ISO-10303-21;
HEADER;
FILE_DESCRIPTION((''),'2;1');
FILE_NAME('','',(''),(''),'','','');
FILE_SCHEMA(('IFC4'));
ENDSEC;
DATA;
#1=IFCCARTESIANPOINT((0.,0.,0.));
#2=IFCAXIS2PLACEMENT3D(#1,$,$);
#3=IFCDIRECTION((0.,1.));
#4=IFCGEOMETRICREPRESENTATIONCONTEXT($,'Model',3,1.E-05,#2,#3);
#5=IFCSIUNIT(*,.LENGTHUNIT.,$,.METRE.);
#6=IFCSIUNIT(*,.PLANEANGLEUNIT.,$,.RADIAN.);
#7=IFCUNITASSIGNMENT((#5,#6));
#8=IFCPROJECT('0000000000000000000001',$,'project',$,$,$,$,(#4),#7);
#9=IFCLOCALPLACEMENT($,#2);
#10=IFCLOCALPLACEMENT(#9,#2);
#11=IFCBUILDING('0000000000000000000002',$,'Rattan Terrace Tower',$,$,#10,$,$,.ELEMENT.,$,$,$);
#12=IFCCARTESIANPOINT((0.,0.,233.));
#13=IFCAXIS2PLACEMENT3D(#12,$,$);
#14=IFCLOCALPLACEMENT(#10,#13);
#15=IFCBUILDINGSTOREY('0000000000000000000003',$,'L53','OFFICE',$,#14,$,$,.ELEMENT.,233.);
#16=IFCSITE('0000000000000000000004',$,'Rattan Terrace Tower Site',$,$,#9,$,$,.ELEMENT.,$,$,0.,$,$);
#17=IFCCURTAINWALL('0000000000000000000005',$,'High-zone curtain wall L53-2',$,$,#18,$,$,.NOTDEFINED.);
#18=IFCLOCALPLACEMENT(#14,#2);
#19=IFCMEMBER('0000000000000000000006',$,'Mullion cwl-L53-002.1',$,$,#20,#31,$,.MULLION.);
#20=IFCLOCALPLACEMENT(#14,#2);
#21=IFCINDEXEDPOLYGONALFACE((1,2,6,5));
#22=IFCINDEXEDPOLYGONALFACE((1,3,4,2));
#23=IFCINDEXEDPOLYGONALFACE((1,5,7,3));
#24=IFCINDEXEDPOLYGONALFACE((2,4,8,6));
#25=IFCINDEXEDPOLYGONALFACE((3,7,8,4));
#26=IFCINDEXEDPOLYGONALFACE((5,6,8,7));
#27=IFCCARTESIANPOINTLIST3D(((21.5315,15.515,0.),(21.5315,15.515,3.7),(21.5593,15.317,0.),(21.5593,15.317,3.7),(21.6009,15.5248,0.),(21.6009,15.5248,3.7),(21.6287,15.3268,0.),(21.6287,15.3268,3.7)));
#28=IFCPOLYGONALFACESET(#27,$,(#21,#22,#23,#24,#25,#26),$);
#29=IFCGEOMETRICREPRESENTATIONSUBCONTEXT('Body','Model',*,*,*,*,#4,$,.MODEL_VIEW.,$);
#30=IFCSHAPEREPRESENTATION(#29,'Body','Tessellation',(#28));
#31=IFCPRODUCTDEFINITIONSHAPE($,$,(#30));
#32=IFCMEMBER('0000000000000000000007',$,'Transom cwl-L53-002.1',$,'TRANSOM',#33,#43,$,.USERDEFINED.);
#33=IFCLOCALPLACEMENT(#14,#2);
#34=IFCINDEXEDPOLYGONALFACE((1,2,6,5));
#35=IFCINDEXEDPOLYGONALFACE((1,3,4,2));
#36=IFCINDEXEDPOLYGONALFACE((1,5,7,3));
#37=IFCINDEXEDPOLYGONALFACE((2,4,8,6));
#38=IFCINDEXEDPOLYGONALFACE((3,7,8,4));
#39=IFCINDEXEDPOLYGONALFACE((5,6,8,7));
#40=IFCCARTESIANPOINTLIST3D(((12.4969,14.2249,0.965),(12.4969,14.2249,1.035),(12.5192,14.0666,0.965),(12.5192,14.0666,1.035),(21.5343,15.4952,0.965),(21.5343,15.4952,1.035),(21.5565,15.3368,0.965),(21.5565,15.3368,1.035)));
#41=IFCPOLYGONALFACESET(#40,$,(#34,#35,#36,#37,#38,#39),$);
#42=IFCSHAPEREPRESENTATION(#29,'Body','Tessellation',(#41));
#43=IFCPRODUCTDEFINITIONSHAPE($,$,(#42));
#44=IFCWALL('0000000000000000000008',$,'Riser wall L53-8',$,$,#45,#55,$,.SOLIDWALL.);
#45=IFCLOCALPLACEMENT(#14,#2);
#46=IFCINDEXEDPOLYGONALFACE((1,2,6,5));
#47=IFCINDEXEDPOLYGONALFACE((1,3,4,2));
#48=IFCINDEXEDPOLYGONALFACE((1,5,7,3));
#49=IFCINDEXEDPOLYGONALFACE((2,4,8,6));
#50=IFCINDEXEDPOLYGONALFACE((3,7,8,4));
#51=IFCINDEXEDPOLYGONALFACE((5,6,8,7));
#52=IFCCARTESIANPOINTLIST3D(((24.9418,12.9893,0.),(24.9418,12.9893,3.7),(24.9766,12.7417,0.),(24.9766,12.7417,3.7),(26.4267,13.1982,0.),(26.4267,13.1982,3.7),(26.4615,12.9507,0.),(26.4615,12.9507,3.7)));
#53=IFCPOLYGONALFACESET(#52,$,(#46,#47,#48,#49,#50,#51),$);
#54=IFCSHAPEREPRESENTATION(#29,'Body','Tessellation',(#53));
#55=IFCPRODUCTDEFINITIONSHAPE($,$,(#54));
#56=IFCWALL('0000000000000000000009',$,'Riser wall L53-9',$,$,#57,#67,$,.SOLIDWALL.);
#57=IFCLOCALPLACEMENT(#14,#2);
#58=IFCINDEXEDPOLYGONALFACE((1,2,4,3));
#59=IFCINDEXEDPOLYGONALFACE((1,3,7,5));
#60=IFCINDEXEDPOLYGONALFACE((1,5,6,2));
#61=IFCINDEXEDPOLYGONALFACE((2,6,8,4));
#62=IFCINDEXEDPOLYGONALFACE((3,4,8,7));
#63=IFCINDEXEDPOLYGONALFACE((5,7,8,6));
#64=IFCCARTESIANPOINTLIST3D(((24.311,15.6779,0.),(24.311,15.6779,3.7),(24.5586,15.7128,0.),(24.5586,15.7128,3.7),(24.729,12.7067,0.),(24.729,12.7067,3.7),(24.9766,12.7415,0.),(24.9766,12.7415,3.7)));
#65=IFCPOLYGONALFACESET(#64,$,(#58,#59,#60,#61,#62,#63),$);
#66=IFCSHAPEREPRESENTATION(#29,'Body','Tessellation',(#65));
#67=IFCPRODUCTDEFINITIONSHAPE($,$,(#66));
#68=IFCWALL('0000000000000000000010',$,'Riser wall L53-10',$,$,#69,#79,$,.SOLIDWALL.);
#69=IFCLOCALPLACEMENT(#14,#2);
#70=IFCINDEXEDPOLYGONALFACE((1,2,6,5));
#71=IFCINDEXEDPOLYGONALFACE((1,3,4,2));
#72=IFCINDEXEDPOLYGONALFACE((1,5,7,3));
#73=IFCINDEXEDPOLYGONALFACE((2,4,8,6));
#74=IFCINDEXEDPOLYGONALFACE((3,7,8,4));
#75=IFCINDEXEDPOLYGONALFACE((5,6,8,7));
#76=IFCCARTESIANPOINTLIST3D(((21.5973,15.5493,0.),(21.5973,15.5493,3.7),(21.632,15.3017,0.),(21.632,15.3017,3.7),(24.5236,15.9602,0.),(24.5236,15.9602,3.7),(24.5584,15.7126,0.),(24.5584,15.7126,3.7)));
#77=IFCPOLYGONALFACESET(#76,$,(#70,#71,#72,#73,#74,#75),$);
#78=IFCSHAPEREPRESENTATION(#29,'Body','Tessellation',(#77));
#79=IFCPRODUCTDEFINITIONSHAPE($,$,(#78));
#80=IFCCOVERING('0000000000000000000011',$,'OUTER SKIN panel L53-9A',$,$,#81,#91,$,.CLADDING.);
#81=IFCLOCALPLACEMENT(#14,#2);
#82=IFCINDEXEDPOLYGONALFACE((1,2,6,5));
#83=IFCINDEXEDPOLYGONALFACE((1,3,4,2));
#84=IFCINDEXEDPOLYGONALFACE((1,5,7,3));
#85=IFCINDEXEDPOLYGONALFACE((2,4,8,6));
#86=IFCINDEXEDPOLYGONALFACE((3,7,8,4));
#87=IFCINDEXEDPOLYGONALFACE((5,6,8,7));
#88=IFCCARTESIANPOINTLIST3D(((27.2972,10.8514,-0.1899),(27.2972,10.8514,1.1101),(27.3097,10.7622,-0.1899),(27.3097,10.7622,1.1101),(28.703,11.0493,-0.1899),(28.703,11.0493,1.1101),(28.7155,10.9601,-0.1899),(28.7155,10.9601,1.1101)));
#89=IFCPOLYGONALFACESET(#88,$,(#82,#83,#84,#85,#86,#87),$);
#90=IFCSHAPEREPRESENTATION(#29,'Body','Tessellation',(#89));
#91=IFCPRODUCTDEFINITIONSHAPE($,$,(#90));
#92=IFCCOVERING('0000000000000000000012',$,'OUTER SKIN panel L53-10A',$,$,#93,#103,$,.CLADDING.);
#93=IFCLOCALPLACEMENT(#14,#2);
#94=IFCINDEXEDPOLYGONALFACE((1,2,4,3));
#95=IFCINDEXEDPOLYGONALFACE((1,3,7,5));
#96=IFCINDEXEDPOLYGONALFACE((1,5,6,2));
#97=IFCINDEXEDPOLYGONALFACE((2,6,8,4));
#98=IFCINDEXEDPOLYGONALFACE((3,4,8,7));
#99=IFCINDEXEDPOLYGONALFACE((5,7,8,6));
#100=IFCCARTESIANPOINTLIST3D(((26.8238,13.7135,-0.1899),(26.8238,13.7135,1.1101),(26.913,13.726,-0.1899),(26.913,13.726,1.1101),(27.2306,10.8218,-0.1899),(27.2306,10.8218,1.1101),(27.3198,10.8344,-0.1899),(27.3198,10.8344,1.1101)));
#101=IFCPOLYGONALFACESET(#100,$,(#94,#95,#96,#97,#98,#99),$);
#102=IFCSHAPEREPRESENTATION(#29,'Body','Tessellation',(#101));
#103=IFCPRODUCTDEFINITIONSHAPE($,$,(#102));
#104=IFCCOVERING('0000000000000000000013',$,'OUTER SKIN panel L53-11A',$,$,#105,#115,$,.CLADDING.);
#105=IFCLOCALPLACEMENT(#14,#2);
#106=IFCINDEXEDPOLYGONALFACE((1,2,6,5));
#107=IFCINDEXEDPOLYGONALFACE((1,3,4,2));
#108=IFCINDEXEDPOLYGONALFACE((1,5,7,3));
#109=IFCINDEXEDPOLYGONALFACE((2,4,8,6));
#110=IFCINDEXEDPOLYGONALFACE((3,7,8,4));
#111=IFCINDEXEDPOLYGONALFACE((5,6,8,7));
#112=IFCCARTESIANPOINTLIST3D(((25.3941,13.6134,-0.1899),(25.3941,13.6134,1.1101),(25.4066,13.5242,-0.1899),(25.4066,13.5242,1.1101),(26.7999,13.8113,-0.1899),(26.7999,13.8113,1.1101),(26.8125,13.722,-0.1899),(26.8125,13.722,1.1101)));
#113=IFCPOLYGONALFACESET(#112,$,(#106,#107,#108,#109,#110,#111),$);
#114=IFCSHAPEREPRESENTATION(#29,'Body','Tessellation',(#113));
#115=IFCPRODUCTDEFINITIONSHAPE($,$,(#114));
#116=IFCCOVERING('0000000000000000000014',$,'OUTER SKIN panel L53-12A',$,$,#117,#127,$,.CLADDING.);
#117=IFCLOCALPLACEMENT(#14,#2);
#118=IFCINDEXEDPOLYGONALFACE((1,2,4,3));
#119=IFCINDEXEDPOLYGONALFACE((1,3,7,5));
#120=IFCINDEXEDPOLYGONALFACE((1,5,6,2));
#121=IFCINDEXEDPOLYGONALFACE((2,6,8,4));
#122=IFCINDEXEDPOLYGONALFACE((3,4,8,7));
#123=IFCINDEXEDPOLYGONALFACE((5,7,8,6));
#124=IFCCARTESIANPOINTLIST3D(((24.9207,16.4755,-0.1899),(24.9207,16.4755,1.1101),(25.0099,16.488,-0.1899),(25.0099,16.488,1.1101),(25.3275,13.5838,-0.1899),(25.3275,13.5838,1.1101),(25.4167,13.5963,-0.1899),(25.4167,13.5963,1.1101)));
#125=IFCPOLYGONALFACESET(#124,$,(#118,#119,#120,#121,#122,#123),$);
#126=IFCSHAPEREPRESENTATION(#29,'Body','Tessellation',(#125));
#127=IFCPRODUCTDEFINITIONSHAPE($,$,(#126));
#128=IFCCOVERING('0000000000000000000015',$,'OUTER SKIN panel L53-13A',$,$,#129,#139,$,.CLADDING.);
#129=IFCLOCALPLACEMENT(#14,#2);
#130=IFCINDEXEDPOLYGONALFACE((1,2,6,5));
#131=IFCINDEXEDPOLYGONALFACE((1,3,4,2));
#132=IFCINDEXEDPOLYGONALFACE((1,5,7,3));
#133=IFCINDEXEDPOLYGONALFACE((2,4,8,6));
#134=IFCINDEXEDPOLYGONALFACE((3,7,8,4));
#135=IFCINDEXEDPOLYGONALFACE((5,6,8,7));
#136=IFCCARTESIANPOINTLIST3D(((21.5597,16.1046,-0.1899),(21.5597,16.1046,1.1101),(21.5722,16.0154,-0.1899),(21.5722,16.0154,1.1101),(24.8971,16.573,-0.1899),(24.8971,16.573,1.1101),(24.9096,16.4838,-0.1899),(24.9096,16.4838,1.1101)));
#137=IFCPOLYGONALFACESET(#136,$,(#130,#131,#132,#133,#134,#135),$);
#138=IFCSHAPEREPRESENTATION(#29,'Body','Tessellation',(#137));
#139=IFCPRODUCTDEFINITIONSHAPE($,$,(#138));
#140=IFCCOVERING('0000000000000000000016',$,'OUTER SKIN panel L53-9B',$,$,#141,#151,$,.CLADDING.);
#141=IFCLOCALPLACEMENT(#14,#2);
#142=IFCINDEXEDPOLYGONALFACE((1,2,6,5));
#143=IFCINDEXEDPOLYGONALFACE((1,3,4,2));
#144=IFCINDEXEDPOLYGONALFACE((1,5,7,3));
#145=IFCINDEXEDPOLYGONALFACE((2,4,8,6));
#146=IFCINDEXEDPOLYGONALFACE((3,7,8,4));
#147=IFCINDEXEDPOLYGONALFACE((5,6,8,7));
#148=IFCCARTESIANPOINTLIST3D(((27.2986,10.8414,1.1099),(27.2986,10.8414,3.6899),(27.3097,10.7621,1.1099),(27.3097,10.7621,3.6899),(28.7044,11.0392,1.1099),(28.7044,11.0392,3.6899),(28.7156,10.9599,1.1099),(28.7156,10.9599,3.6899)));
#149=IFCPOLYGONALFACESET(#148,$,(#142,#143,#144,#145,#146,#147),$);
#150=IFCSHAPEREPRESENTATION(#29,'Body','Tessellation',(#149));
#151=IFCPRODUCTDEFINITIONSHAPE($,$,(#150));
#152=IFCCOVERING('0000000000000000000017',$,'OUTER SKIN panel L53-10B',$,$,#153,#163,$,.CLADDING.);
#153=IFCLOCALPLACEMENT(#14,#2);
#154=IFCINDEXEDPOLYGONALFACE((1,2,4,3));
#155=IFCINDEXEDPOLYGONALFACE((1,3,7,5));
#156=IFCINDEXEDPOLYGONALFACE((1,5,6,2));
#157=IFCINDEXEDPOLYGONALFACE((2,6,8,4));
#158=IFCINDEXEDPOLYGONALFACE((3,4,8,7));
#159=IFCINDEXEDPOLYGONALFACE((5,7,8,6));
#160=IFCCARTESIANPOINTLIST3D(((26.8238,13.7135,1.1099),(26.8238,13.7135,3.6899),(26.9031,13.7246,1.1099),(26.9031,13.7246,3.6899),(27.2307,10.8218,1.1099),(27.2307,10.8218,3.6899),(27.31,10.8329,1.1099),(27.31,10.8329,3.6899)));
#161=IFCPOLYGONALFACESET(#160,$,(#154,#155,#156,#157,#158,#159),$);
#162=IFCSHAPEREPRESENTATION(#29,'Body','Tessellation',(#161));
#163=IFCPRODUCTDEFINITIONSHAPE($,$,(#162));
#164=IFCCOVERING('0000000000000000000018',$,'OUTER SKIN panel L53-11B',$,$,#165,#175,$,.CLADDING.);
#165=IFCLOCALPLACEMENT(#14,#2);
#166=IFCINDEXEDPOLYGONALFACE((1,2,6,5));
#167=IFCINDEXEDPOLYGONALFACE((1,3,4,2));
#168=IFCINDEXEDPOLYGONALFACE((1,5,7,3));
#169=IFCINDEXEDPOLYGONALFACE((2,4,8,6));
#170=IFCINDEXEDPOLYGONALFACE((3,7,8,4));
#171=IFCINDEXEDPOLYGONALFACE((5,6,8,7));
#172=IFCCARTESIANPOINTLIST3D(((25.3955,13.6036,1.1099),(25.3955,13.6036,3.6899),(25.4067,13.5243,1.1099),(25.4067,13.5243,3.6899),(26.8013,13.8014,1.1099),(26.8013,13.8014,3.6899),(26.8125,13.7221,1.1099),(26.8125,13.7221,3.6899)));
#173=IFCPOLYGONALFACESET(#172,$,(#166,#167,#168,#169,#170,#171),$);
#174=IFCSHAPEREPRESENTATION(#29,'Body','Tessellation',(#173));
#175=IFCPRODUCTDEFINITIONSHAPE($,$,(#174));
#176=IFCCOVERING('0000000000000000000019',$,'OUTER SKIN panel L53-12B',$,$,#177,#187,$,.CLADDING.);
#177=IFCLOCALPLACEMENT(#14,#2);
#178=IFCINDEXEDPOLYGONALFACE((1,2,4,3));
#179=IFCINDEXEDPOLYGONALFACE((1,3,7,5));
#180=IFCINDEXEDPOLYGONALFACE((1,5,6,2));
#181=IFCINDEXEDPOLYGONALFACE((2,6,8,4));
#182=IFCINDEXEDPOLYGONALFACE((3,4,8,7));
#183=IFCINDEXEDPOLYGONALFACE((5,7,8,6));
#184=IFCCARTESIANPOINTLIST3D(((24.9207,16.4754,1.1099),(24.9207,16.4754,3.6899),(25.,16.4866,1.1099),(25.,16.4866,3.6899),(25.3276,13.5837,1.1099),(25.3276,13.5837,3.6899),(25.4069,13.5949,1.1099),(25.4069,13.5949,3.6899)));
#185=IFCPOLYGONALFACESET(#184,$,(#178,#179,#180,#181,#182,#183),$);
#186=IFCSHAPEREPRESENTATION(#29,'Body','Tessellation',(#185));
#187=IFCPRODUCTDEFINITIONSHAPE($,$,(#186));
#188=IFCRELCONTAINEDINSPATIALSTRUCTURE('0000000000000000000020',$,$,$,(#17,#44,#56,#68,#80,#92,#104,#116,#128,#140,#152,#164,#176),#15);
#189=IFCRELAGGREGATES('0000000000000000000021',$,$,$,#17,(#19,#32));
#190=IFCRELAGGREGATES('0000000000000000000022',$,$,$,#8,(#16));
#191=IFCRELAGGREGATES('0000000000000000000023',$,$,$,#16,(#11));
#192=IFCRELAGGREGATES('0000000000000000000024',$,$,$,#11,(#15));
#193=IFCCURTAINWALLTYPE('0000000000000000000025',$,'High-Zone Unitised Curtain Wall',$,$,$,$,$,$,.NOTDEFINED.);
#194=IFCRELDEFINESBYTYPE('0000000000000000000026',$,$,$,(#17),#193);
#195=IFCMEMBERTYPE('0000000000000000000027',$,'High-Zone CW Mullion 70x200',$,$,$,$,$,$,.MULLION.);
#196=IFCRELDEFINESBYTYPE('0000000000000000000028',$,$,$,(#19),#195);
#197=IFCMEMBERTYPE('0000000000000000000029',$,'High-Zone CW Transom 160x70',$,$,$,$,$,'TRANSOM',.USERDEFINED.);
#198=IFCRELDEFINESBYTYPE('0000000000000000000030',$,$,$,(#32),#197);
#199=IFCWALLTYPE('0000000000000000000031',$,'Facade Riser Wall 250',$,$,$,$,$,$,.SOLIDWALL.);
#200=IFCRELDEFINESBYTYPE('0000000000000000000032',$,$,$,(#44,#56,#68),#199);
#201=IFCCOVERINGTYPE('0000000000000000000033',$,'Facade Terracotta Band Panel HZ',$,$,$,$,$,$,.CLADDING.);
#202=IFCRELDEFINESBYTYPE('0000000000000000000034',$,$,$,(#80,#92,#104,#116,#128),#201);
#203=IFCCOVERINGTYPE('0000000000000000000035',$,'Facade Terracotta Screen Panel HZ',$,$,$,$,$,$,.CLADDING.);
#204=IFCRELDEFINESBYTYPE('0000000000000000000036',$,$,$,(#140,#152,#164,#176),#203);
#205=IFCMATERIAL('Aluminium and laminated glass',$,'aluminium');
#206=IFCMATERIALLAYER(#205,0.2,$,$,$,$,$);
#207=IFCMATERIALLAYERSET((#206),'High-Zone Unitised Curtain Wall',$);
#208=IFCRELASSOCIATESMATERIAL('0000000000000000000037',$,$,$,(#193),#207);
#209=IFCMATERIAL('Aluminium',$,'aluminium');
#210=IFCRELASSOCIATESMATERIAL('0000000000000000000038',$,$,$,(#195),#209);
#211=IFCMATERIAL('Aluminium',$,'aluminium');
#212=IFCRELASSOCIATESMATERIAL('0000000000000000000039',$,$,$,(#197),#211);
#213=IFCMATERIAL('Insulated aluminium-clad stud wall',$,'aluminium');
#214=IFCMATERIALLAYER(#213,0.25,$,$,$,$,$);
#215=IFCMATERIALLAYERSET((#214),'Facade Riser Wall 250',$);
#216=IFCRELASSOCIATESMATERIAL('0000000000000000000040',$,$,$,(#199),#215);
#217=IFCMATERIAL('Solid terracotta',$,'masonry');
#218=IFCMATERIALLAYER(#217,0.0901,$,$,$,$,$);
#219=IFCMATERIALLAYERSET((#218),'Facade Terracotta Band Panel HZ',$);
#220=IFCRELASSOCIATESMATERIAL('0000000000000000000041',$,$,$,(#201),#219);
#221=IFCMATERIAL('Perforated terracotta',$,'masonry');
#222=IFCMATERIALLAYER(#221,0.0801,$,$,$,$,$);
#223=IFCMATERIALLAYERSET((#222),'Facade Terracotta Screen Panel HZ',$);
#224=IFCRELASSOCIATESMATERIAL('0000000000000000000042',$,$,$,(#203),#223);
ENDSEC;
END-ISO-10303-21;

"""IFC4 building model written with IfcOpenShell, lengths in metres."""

from ifc_helpers import new_model, si_unit, direction, frame, frame_2d, origin, origin_2d, place, context, subcontext, project, spatial, rectangle, extrude, material, layer, layer_set, material_profile, profile_set, type_object, element, aggregate, save


model = new_model("IFC4")

# Units and contexts
model_context = context("Model", 3, precision=1e-05, world=origin(), true_north=direction((0.0, 1.0)))
body_context = subcontext(model_context, "Body", "Model", "MODEL_VIEW")
ifc_project = project(units=[si_unit("LENGTHUNIT", "METRE"), si_unit("PLANEANGLEUNIT", "RADIAN")], contexts=[model_context])

# Site, building, storey
site_placement = place(None, origin())
site = spatial("IfcSite", under=ifc_project, at=site_placement, Name="Rattan Terrace Tower Site", CompositionType="ELEMENT", RefElevation=0.0)
building_placement = place(site_placement, origin())
building = spatial("IfcBuilding", under=site, at=building_placement, Name="Rattan Terrace Tower", CompositionType="ELEMENT")
storey_placement = place(building_placement, frame((0.0, 0.0, 233.0)))
storey = spatial("IfcBuildingStorey", under=building, at=storey_placement, Name="L53", Description="OFFICE", CompositionType="ELEMENT", Elevation=233.0)

# Curtain wall, members
ifc_material_1 = material(Name="Aluminium and laminated glass", Category="aluminium")
ifc_layer_1 = layer(ifc_material_1, 0.2)
ifc_layer_set_1 = layer_set([ifc_layer_1], Name="High-Zone Unitised Curtain Wall")
curtain_wall_type = type_object("IfcCurtainWallType", Name="High-Zone Unitised Curtain Wall", PredefinedType="NOTDEFINED", material=ifc_layer_set_1)
curtain_wall_placement = place(storey_placement, origin())
curtain_wall = element("IfcCurtainWall", 1, at=curtain_wall_placement, inside=storey, type_object=curtain_wall_type, Name="High-zone curtain wall L53-2", PredefinedType="NOTDEFINED")
ifc_material_2 = material(Name="Aluminium", Category="aluminium")
ifc_material_profile_1 = material_profile(ifc_material_2, rectangle(XDim=0.0701, YDim=0.2, at=origin_2d()), Name="Aluminium 70x200")
ifc_profile_set_1 = profile_set([ifc_material_profile_1], Name="Aluminium")
member_type_1 = type_object("IfcMemberType", Name="High-Zone CW Mullion 70x200", PredefinedType="MULLION", material=ifc_profile_set_1)
member_1_placement = place(storey_placement, frame((21.5801, 15.4209, 0.0), z_axis=(0.0, 0.0, 1.0), x_axis=(-0.990267, -0.139177, 0.0)))
member_1 = element("IfcMember", 2, at=member_1_placement, type_object=member_type_1, Name="Mullion cwl-L53-002.1", PredefinedType="MULLION", context=body_context, shape_type="SweptSolid", body=[
    extrude(rectangle(XDim=0.0701, YDim=0.2, at=origin_2d()), origin(), (0.0, 0.0, 1.0), 3.7),
])
ifc_material_3 = material(Name="Aluminium", Category="aluminium")
ifc_material_profile_2 = material_profile(ifc_material_3, rectangle(XDim=0.1599, YDim=0.0701, at=origin_2d()), Name="Aluminium 160x70")
ifc_profile_set_2 = profile_set([ifc_material_profile_2], Name="Aluminium")
member_type_2 = type_object("IfcMemberType", Name="High-Zone CW Transom 160x70", ElementType="TRANSOM", PredefinedType="USERDEFINED", material=ifc_profile_set_2)
member_2_placement = place(storey_placement, frame((21.5454, 15.416, 1.0), z_axis=(-0.990266, -0.139189, 0.0), x_axis=(0.139189, -0.990266, 0.0)))
member_2 = element("IfcMember", 3, at=member_2_placement, type_object=member_type_2, Name="Transom cwl-L53-002.1", ObjectType="TRANSOM", PredefinedType="USERDEFINED", context=body_context, shape_type="SweptSolid", body=[
    extrude(rectangle(XDim=0.1599, YDim=0.0701, at=origin_2d()), origin(), (0.0, 0.0, 1.0), 9.1262),
])
aggregate(curtain_wall, [member_1, member_2])

# Walls
ifc_material_4 = material(Name="Insulated aluminium-clad stud wall", Category="aluminium")
ifc_layer_2 = layer(ifc_material_4, 0.25)
ifc_layer_set_2 = layer_set([ifc_layer_2], Name="Facade Riser Wall 250")
wall_type = type_object("IfcWallType", Name="Facade Riser Wall 250", PredefinedType="SOLIDWALL", material=ifc_layer_set_2)
wall_1_placement = place(storey_placement, frame((26.4441, 13.0745, 0.0), z_axis=(0.0, 0.0, 1.0), x_axis=(-0.99024, -0.13937, 0.0)))
element("IfcWall", 4, at=wall_1_placement, inside=storey, type_object=wall_type, Name="Riser wall L53-8", PredefinedType="SOLIDWALL", context=body_context, shape_type="SweptSolid", body=[
    extrude(rectangle(XDim=1.4995, YDim=0.25, at=frame_2d((0.7498, 0.0))), origin(), (0.0, 0.0, 1.0), 3.7),
])
wall_2_placement = place(storey_placement, frame((24.8528, 12.7241, 0.0), z_axis=(0.0, 0.0, 1.0), x_axis=(-0.139302, 0.99025, 0.0)))
element("IfcWall", 5, at=wall_2_placement, inside=storey, type_object=wall_type, Name="Riser wall L53-9", PredefinedType="SOLIDWALL", context=body_context, shape_type="SweptSolid", body=[
    extrude(rectangle(XDim=3.0005, YDim=0.25, at=frame_2d((1.5002, 0.0))), origin(), (0.0, 0.0, 1.0), 3.7),
])
wall_3_placement = place(storey_placement, frame((24.541, 15.8364, 0.0), z_axis=(0.0, 0.0, 1.0), x_axis=(-0.990285, -0.13905, 0.0)))
element("IfcWall", 6, at=wall_3_placement, inside=storey, type_object=wall_type, Name="Riser wall L53-10", PredefinedType="SOLIDWALL", context=body_context, shape_type="SweptSolid", body=[
    extrude(rectangle(XDim=2.9551, YDim=0.25, at=frame_2d((1.4775, 0.0))), origin(), (0.0, 0.0, 1.0), 3.7),
])

# Coverings
ifc_material_5 = material(Name="Solid terracotta", Category="masonry")
ifc_layer_3 = layer(ifc_material_5, 0.0901)
ifc_layer_set_3 = layer_set([ifc_layer_3], Name="Facade Terracotta Band Panel HZ")
covering_type_1 = type_object("IfcCoveringType", Name="Facade Terracotta Band Panel HZ", PredefinedType="CLADDING", material=ifc_layer_set_3)
covering_1_placement = place(storey_placement, frame((28.0063, 10.9058, -0.1899), z_axis=(0.0, 0.0, 1.0), x_axis=(-0.990241, -0.139367, 0.0)))
element("IfcCovering", 7, at=covering_1_placement, inside=storey, type_object=covering_type_1, Name="OUTER SKIN panel L53-9A", PredefinedType="CLADDING", context=body_context, shape_type="SweptSolid", body=[
    extrude(rectangle(XDim=1.4197, YDim=0.0901, at=origin_2d()), origin(), (0.0, 0.0, 1.0), 1.3),
])
covering_2_placement = place(storey_placement, frame((27.0718, 12.2739, -0.1899), z_axis=(0.0, 0.0, 1.0), x_axis=(-0.139321, 0.990247, 0.0)))
element("IfcCovering", 8, at=covering_2_placement, inside=storey, type_object=covering_type_1, Name="OUTER SKIN panel L53-10A", PredefinedType="CLADDING", context=body_context, shape_type="SweptSolid", body=[
    extrude(rectangle(XDim=2.9202, YDim=0.0901, at=origin_2d()), origin(), (0.0, 0.0, 1.0), 1.3),
])
covering_3_placement = place(storey_placement, frame((26.1033, 13.6677, -0.1899), z_axis=(0.0, 0.0, 1.0), x_axis=(-0.990241, -0.139367, 0.0)))
element("IfcCovering", 9, at=covering_3_placement, inside=storey, type_object=covering_type_1, Name="OUTER SKIN panel L53-11A", PredefinedType="CLADDING", context=body_context, shape_type="SweptSolid", body=[
    extrude(rectangle(XDim=1.4197, YDim=0.0901, at=origin_2d()), origin(), (0.0, 0.0, 1.0), 1.3),
])
covering_4_placement = place(storey_placement, frame((25.1687, 15.0359, -0.1899), z_axis=(0.0, 0.0, 1.0), x_axis=(-0.139321, 0.990247, 0.0)))
element("IfcCovering", 10, at=covering_4_placement, inside=storey, type_object=covering_type_1, Name="OUTER SKIN panel L53-12A", PredefinedType="CLADDING", context=body_context, shape_type="SweptSolid", body=[
    extrude(rectangle(XDim=2.9202, YDim=0.0901, at=origin_2d()), origin(), (0.0, 0.0, 1.0), 1.3),
])
covering_5_placement = place(storey_placement, frame((23.2346, 16.2942, -0.1899), z_axis=(0.0, 0.0, 1.0), x_axis=(-0.990293, -0.138994, 0.0)))
element("IfcCovering", 11, at=covering_5_placement, inside=storey, type_object=covering_type_1, Name="OUTER SKIN panel L53-13A", PredefinedType="CLADDING", context=body_context, shape_type="SweptSolid", body=[
    extrude(rectangle(XDim=3.3701, YDim=0.0901, at=origin_2d()), origin(), (0.0, 0.0, 1.0), 1.3),
])
ifc_material_6 = material(Name="Perforated terracotta", Category="masonry")
ifc_layer_4 = layer(ifc_material_6, 0.0801)
ifc_layer_set_4 = layer_set([ifc_layer_4], Name="Facade Terracotta Screen Panel HZ")
covering_type_2 = type_object("IfcCoveringType", Name="Facade Terracotta Screen Panel HZ", PredefinedType="CLADDING", material=ifc_layer_set_4)
covering_6_placement = place(storey_placement, frame((28.0071, 10.9006, 1.1099), z_axis=(0.0, 0.0, 1.0), x_axis=(-0.990241, -0.139367, 0.0)))
element("IfcCovering", 12, at=covering_6_placement, inside=storey, type_object=covering_type_2, Name="OUTER SKIN panel L53-9B", PredefinedType="CLADDING", context=body_context, shape_type="SweptSolid", body=[
    extrude(rectangle(XDim=1.4197, YDim=0.0801, at=origin_2d()), origin(), (0.0, 0.0, 1.0), 2.5801),
])
covering_7_placement = place(storey_placement, frame((27.0669, 12.2732, 1.1099), z_axis=(0.0, 0.0, 1.0), x_axis=(-0.139321, 0.990247, 0.0)))
element("IfcCovering", 13, at=covering_7_placement, inside=storey, type_object=covering_type_2, Name="OUTER SKIN panel L53-10B", PredefinedType="CLADDING", context=body_context, shape_type="SweptSolid", body=[
    extrude(rectangle(XDim=2.9202, YDim=0.0801, at=origin_2d()), origin(), (0.0, 0.0, 1.0), 2.5801),
])
covering_8_placement = place(storey_placement, frame((26.104, 13.6628, 1.1099), z_axis=(0.0, 0.0, 1.0), x_axis=(-0.990241, -0.139367, 0.0)))
element("IfcCovering", 14, at=covering_8_placement, inside=storey, type_object=covering_type_2, Name="OUTER SKIN panel L53-11B", PredefinedType="CLADDING", context=body_context, shape_type="SweptSolid", body=[
    extrude(rectangle(XDim=1.4197, YDim=0.0801, at=origin_2d()), origin(), (0.0, 0.0, 1.0), 2.5801),
])
covering_9_placement = place(storey_placement, frame((25.1638, 15.0352, 1.1099), z_axis=(0.0, 0.0, 1.0), x_axis=(-0.139321, 0.990247, 0.0)))
element("IfcCovering", 15, at=covering_9_placement, inside=storey, type_object=covering_type_2, Name="OUTER SKIN panel L53-12B", PredefinedType="CLADDING", context=body_context, shape_type="SweptSolid", body=[
    extrude(rectangle(XDim=2.9202, YDim=0.0801, at=origin_2d()), origin(), (0.0, 0.0, 1.0), 2.5801),
])

save(model, "model.ifc")
